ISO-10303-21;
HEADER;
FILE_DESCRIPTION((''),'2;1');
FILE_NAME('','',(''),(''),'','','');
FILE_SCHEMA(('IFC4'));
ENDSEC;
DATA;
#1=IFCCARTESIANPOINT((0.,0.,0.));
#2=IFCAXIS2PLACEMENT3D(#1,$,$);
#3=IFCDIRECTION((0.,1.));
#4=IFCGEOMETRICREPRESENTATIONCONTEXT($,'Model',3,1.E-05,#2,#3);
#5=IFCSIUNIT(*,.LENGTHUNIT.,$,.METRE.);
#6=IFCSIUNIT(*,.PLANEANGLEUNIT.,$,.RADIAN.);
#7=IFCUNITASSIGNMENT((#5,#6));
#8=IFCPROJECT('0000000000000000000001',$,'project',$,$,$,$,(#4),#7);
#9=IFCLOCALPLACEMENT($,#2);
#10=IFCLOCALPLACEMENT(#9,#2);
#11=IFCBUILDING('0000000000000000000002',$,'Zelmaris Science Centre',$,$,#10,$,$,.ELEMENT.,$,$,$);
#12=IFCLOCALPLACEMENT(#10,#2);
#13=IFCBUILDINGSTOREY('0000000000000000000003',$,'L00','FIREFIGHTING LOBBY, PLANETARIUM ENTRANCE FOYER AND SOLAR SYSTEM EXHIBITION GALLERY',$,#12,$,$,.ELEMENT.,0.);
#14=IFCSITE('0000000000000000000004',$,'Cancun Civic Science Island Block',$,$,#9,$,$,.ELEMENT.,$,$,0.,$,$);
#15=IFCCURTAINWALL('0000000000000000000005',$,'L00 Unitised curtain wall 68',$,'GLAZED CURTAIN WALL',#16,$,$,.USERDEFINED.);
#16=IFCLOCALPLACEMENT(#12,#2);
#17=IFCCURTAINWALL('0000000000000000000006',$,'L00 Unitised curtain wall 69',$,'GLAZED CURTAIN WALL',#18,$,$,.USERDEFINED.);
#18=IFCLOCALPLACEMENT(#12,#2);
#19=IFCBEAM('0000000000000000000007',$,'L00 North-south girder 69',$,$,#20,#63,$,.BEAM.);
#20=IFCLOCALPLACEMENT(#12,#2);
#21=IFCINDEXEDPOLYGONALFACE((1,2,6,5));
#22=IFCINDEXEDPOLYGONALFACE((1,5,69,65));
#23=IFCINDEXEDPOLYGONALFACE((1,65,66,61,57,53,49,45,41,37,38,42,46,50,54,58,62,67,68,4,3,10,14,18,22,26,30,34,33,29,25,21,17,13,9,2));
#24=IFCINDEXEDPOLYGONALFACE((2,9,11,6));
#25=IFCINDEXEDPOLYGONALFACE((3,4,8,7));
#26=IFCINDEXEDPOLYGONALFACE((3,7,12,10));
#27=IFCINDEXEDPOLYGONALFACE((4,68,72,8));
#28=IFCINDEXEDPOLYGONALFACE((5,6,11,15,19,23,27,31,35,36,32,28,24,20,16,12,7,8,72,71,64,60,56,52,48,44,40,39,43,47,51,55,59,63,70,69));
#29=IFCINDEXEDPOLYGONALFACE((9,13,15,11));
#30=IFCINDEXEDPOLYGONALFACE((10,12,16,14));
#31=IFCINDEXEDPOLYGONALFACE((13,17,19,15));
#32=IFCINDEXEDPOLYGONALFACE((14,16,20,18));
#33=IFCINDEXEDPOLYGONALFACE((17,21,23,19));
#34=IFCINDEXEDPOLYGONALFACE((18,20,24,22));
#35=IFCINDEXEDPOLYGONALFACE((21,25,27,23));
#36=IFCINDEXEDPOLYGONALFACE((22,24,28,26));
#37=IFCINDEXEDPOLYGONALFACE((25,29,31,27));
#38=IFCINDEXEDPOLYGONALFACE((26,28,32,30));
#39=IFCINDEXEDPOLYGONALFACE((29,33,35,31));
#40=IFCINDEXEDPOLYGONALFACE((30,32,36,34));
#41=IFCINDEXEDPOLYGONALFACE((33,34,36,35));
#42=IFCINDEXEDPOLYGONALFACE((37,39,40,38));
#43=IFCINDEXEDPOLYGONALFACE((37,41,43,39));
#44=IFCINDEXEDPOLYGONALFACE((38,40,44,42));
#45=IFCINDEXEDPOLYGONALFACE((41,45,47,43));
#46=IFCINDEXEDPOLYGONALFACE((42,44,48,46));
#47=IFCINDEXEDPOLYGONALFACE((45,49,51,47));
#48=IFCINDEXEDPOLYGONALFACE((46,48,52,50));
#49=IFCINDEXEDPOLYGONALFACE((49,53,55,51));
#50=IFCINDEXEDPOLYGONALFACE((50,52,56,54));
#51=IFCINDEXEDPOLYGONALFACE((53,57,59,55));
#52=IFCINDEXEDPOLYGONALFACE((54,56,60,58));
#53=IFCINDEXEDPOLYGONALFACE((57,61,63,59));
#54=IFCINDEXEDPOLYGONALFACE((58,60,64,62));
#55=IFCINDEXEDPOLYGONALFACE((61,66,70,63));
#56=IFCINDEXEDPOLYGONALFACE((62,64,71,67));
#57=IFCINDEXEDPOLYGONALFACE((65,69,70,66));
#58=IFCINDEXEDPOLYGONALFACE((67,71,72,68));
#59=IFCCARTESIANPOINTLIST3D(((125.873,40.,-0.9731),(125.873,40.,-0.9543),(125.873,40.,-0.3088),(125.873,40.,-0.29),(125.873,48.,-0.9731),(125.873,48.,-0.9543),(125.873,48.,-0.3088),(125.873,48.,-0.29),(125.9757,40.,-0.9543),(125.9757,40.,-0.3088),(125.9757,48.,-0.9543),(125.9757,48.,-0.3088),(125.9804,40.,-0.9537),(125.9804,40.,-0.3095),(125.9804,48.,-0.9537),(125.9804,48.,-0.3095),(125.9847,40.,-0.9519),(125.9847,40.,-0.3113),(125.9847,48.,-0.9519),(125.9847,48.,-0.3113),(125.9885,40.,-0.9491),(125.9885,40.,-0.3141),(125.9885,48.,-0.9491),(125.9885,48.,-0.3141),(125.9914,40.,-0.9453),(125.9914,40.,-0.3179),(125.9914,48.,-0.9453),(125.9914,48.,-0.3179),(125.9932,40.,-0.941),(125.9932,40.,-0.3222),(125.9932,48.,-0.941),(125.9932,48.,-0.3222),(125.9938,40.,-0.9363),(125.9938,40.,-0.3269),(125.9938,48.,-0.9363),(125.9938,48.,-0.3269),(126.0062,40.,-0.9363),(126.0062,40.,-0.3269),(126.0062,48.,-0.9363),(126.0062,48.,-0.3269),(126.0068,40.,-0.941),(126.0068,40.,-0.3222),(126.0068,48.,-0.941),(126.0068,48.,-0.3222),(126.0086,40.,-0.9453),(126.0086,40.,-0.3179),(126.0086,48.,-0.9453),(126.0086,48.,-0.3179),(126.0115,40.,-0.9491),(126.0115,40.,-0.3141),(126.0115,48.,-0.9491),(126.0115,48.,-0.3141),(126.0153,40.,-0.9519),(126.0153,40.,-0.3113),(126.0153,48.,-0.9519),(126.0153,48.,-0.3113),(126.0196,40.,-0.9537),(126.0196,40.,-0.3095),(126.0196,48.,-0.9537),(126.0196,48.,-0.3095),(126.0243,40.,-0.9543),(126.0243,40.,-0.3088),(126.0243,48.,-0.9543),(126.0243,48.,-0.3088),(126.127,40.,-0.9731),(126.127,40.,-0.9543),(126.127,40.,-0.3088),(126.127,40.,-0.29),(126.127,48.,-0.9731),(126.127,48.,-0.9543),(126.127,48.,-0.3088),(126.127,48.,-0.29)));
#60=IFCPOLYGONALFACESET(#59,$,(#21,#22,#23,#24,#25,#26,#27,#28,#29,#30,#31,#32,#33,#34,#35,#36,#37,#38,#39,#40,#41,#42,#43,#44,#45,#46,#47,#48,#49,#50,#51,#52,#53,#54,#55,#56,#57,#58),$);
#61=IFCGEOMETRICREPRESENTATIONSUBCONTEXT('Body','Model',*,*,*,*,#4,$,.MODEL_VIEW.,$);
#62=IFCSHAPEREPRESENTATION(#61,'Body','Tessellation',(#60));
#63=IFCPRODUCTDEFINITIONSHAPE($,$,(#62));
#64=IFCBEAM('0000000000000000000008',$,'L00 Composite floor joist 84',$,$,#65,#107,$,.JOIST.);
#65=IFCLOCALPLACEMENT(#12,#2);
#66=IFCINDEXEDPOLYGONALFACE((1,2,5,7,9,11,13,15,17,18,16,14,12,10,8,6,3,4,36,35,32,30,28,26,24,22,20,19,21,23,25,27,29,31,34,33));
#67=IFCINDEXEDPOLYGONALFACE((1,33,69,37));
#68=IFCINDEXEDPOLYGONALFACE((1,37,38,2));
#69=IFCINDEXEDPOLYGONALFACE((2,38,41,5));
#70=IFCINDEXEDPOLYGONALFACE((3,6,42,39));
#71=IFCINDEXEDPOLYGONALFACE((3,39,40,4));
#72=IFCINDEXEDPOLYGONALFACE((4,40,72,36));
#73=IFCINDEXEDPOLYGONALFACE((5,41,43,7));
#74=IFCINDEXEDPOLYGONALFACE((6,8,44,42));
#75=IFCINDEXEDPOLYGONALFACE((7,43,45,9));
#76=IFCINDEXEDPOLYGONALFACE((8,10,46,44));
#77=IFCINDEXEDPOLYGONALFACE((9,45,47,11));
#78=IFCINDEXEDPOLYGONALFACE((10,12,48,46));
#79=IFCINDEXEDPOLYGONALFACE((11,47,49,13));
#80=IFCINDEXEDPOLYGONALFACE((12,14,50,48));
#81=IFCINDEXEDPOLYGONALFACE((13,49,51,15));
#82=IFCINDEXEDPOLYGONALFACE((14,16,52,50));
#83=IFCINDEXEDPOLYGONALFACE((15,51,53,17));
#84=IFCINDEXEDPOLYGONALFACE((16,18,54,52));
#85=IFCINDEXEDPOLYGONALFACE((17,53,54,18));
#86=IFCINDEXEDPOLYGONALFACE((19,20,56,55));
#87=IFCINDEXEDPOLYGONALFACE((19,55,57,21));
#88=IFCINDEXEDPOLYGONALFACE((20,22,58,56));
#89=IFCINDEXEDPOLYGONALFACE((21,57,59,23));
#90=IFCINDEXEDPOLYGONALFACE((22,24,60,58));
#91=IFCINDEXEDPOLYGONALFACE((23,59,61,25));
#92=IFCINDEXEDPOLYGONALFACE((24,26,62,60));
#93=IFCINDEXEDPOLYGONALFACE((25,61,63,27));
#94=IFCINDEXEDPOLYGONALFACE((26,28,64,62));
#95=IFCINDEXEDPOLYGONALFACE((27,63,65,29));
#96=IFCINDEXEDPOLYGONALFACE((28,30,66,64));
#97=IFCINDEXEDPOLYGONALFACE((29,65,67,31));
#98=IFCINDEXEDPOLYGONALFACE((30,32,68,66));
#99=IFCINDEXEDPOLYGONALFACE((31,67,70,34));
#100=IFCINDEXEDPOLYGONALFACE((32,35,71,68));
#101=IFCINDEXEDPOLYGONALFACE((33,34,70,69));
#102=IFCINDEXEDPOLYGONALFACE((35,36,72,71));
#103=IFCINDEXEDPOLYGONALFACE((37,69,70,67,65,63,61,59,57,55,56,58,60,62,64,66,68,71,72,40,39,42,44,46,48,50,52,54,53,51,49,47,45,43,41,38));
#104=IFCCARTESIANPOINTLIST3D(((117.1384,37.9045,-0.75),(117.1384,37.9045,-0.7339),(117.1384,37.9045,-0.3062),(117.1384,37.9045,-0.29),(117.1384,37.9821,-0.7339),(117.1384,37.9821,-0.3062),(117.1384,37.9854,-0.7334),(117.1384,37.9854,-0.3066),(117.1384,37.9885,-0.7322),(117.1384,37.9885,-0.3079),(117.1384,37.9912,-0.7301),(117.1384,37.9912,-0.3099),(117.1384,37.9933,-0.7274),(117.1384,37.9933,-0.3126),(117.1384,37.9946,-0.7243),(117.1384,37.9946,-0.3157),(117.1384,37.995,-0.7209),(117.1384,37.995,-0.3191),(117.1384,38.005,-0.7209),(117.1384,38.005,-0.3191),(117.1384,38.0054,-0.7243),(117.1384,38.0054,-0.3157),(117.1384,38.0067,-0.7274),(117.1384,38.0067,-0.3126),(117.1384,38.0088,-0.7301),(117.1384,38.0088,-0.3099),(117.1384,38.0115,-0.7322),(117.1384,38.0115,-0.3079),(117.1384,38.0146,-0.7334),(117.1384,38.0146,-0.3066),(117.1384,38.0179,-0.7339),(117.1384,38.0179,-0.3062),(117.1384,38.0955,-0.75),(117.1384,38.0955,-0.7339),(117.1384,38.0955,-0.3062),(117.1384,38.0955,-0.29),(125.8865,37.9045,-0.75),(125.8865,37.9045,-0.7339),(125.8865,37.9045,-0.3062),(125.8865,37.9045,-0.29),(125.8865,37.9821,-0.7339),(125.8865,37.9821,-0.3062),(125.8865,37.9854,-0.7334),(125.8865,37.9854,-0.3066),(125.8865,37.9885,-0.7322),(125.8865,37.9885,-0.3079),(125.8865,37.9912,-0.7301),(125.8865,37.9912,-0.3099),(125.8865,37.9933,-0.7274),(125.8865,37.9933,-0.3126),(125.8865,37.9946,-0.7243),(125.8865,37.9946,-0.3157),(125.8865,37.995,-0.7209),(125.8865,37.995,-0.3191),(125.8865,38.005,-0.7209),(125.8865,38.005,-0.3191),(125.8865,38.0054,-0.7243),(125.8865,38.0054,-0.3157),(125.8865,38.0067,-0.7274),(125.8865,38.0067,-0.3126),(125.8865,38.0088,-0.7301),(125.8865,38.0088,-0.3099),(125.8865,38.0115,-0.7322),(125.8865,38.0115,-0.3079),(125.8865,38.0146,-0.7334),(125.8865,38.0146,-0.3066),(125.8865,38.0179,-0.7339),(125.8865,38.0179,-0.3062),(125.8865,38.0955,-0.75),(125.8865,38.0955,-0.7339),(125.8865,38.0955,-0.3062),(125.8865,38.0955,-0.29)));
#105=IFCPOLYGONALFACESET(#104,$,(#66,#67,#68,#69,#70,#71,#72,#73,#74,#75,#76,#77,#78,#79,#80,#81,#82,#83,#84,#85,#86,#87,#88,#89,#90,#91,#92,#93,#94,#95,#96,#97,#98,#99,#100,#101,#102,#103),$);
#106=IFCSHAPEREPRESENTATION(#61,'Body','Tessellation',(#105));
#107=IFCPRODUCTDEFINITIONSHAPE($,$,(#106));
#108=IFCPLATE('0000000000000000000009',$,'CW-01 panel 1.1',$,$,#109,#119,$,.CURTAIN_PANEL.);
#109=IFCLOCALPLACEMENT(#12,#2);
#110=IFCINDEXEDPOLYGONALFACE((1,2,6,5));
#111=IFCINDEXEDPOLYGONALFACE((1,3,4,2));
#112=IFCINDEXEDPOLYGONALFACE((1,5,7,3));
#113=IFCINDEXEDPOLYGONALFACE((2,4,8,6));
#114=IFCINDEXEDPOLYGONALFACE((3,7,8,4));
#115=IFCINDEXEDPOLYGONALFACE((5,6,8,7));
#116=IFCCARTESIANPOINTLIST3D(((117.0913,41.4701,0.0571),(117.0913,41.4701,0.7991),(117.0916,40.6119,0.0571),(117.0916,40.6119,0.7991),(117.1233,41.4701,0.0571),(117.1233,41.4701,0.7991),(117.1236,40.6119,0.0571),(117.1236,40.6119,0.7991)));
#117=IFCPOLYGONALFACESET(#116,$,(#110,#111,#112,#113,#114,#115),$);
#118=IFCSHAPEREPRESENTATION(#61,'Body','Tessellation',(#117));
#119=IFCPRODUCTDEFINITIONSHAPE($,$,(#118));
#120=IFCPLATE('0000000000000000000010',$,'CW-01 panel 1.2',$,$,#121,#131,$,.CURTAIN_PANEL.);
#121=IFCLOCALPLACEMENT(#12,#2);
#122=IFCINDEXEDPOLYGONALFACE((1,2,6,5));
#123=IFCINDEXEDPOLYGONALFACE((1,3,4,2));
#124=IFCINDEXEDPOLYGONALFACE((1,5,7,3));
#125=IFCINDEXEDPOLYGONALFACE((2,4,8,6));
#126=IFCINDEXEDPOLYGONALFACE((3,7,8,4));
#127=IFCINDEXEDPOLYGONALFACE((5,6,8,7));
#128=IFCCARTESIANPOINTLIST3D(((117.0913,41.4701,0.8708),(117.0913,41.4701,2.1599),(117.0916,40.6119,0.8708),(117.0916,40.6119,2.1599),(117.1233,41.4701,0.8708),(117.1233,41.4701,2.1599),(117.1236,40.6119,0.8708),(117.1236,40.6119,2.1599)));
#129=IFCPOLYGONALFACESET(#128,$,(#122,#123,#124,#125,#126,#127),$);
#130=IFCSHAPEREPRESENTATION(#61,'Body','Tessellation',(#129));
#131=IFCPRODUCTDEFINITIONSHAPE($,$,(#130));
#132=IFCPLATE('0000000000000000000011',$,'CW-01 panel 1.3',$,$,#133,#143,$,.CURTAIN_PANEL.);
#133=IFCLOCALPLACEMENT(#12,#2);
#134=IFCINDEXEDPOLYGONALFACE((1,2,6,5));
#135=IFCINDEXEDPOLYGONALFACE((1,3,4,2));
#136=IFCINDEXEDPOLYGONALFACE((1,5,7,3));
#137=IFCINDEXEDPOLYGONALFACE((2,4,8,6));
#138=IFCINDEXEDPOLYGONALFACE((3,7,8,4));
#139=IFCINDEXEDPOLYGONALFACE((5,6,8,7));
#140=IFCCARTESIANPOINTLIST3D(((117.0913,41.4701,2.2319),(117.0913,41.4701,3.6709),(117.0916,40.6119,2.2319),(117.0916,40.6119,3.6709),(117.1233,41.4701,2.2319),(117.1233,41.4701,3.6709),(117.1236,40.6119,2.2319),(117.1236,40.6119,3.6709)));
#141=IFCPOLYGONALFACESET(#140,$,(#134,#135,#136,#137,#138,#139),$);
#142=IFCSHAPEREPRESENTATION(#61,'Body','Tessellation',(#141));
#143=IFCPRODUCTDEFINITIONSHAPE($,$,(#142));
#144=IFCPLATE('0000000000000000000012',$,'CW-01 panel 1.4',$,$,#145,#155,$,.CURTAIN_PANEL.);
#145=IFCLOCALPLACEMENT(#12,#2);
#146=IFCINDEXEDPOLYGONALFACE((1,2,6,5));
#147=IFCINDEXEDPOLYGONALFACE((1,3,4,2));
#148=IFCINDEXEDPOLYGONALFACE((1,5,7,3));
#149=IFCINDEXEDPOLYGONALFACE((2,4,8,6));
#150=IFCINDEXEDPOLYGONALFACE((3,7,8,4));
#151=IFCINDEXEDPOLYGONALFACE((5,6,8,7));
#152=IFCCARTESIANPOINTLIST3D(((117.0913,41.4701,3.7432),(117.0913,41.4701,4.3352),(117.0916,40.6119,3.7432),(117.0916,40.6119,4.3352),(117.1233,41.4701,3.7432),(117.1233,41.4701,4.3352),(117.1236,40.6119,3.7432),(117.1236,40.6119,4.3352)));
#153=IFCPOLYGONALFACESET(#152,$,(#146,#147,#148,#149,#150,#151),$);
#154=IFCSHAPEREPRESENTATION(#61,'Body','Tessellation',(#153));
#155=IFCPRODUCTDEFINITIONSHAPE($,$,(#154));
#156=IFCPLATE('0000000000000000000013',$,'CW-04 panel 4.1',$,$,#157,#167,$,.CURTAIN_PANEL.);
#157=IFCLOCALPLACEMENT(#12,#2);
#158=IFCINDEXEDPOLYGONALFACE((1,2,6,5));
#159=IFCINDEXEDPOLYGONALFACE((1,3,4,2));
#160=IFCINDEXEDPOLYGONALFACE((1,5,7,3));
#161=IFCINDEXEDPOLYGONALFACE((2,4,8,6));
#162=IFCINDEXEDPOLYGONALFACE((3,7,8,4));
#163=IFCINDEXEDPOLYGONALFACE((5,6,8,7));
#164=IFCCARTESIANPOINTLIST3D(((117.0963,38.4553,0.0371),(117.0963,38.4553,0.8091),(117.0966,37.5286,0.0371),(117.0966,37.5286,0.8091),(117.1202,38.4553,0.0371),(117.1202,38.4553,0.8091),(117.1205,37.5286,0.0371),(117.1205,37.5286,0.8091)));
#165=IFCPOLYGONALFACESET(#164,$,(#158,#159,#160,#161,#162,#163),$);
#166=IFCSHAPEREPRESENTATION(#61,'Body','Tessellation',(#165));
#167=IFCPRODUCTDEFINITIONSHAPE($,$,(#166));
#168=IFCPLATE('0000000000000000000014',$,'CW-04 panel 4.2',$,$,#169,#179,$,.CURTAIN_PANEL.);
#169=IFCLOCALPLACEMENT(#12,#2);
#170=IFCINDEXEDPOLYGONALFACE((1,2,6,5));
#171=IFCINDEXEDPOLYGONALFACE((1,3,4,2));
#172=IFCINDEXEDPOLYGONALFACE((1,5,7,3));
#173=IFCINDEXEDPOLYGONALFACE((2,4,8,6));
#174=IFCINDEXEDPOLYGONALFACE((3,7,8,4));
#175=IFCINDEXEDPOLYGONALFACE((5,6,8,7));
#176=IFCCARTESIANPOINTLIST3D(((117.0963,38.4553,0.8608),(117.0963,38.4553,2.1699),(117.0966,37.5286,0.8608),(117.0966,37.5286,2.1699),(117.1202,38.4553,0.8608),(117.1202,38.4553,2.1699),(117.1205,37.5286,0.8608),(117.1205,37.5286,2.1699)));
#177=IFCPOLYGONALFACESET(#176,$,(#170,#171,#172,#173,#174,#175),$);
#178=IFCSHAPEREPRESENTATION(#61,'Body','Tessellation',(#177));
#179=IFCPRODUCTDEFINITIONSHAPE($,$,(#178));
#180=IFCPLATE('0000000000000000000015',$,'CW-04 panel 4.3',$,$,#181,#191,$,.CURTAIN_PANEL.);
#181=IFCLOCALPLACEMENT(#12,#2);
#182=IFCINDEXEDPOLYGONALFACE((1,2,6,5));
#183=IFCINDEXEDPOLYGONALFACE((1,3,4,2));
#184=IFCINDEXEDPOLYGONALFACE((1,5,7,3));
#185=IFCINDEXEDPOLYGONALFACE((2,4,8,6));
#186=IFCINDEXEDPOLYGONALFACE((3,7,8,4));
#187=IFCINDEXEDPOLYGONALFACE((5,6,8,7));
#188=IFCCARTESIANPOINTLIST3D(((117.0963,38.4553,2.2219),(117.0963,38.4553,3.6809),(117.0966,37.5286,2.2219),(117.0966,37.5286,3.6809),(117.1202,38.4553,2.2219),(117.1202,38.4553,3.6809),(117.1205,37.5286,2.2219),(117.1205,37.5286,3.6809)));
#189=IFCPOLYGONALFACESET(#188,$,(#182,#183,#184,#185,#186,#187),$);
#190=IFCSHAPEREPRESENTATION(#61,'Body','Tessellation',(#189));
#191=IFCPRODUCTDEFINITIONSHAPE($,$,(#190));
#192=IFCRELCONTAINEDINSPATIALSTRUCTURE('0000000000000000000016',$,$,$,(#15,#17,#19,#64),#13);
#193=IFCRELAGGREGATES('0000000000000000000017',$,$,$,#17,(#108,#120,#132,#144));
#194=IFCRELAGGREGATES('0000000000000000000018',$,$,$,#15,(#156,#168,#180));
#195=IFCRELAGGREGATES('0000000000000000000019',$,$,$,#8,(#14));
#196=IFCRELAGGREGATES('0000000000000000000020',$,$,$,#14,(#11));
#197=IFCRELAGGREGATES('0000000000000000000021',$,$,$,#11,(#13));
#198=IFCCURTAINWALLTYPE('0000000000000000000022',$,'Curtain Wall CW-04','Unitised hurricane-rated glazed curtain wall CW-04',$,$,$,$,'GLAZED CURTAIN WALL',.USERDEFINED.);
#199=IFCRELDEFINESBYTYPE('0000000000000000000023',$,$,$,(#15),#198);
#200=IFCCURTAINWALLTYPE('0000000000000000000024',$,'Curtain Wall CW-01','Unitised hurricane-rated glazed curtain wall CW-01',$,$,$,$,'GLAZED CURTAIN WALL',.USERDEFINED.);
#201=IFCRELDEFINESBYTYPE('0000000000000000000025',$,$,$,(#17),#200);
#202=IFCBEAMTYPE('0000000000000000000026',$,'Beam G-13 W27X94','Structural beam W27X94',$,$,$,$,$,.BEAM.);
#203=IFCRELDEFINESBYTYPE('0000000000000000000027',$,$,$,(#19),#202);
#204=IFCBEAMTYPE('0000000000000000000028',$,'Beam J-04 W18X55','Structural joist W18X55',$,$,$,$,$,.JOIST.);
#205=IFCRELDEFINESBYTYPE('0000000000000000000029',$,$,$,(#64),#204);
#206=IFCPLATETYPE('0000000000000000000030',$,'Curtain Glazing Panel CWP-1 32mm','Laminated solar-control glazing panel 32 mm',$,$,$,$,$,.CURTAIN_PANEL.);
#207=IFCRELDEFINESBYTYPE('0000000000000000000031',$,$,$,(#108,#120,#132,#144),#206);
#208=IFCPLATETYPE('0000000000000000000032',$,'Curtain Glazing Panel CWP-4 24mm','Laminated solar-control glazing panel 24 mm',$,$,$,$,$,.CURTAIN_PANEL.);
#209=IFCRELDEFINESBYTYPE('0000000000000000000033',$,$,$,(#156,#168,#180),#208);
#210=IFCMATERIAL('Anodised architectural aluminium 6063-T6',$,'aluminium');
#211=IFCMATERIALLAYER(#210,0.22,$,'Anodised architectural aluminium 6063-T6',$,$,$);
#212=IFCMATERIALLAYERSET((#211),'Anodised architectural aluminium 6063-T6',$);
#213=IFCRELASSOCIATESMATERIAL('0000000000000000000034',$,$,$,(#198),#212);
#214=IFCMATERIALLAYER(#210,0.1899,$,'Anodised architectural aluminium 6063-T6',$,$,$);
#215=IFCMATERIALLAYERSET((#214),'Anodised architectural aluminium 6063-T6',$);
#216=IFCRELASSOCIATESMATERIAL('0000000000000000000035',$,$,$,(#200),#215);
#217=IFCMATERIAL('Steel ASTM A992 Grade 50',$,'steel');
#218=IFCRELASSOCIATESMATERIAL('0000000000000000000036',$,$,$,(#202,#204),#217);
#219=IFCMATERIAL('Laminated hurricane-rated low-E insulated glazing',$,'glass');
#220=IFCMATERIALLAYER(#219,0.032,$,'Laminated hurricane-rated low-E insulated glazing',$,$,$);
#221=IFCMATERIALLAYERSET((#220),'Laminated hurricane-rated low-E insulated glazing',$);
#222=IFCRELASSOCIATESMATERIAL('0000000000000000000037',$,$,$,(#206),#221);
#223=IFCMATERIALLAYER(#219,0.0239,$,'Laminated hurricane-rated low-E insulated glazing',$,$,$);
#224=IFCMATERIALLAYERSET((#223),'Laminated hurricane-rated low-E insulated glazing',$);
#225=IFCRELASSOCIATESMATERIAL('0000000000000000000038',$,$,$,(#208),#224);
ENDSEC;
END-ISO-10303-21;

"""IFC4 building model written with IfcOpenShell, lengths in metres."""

from ifc_helpers import new_model, si_unit, direction, frame, origin, origin_2d, place, context, subcontext, project, spatial, rectangle, i_section, extrude, material, layer, layer_set, material_profile, profile_set, type_object, element, aggregate, save


model = new_model("IFC4")

# Units and contexts
model_context = context("Model", 3, precision=1e-05, world=origin(), true_north=direction((0.0, 1.0)))
body_context = subcontext(model_context, "Body", "Model", "MODEL_VIEW")
ifc_project = project(units=[si_unit("LENGTHUNIT", "METRE"), si_unit("PLANEANGLEUNIT", "RADIAN")], contexts=[model_context])

# Site, building, storey
site_placement = place(None, origin())
site = spatial("IfcSite", under=ifc_project, at=site_placement, Name="Cancun Civic Science Island Block", CompositionType="ELEMENT", RefElevation=0.0)
building_placement = place(site_placement, origin())
building = spatial("IfcBuilding", under=site, at=building_placement, Name="Zelmaris Science Centre", CompositionType="ELEMENT")
storey_placement = place(building_placement, origin())
storey = spatial("IfcBuildingStorey", under=building, at=storey_placement, Name="L00", Description="FIREFIGHTING LOBBY, PLANETARIUM ENTRANCE FOYER AND SOLAR SYSTEM EXHIBITION GALLERY", CompositionType="ELEMENT", Elevation=0.0)

# Shared definitions
ifc_material_1 = material(Name="Steel ASTM A992 Grade 50", Category="steel")

# Curtain walls
ifc_material_2 = material(Name="Anodised architectural aluminium 6063-T6", Category="aluminium")
ifc_layer_1 = layer(ifc_material_2, 0.22, Name="Anodised architectural aluminium 6063-T6")
ifc_layer_set_1 = layer_set([ifc_layer_1], Name="Anodised architectural aluminium 6063-T6")
curtain_wall_type_1 = type_object("IfcCurtainWallType", Name="Curtain Wall CW-04", Description="Unitised hurricane-rated glazed curtain wall CW-04", ElementType="GLAZED CURTAIN WALL", PredefinedType="USERDEFINED", material=ifc_layer_set_1)
curtain_wall_1_placement = place(storey_placement, origin())
curtain_wall_1 = element("IfcCurtainWall", 1, at=curtain_wall_1_placement, inside=storey, type_object=curtain_wall_type_1, Name="L00 Unitised curtain wall 68", ObjectType="GLAZED CURTAIN WALL", PredefinedType="USERDEFINED")
ifc_layer_2 = layer(ifc_material_2, 0.1899, Name="Anodised architectural aluminium 6063-T6")
ifc_layer_set_2 = layer_set([ifc_layer_2], Name="Anodised architectural aluminium 6063-T6")
curtain_wall_type_2 = type_object("IfcCurtainWallType", Name="Curtain Wall CW-01", Description="Unitised hurricane-rated glazed curtain wall CW-01", ElementType="GLAZED CURTAIN WALL", PredefinedType="USERDEFINED", material=ifc_layer_set_2)
curtain_wall_2_placement = place(storey_placement, origin())
curtain_wall_2 = element("IfcCurtainWall", 2, at=curtain_wall_2_placement, inside=storey, type_object=curtain_wall_type_2, Name="L00 Unitised curtain wall 69", ObjectType="GLAZED CURTAIN WALL", PredefinedType="USERDEFINED")

# Beams
ifc_material_profile_1 = material_profile(ifc_material_1, i_section(OverallWidth=0.2539, OverallDepth=0.6831, WebThickness=0.0125, FlangeThickness=0.0188, FilletRadius=0.0181, at=origin_2d()), Name="W27X94")
ifc_profile_set_1 = profile_set([ifc_material_profile_1], Name="Steel ASTM A992 Grade 50")
beam_type_1 = type_object("IfcBeamType", Name="Beam G-13 W27X94", Description="Structural beam W27X94", PredefinedType="BEAM", material=ifc_profile_set_1)
beam_1_placement = place(storey_placement, frame((126.0, 40.0, -0.6316), z_axis=(0.0, 1.0, 0.0), x_axis=(-1.0, 0.0, 0.0)))
element("IfcBeam", 3, at=beam_1_placement, inside=storey, type_object=beam_type_1, Name="L00 North-south girder 69", PredefinedType="BEAM", context=body_context, shape_type="SweptSolid", body=[
    extrude(i_section(OverallWidth=0.2539, OverallDepth=0.6831, WebThickness=0.0125, FlangeThickness=0.0188, FilletRadius=0.0181, at=origin_2d()), origin(), (0.0, 0.0, 1.0), 8.0),
])
ifc_material_profile_2 = material_profile(ifc_material_1, i_section(OverallWidth=0.1909, OverallDepth=0.46, WebThickness=0.01, FlangeThickness=0.0161, FilletRadius=0.0129, at=origin_2d()), Name="W18X55")
ifc_profile_set_2 = profile_set([ifc_material_profile_2], Name="Steel ASTM A992 Grade 50")
beam_type_2 = type_object("IfcBeamType", Name="Beam J-04 W18X55", Description="Structural joist W18X55", PredefinedType="JOIST", material=ifc_profile_set_2)
beam_2_placement = place(storey_placement, frame((117.1384, 38.0, -0.52), z_axis=(1.0, 0.0, 0.0), x_axis=(0.0, 1.0, 0.0)))
element("IfcBeam", 4, at=beam_2_placement, inside=storey, type_object=beam_type_2, Name="L00 Composite floor joist 84", PredefinedType="JOIST", context=body_context, shape_type="SweptSolid", body=[
    extrude(i_section(OverallWidth=0.1909, OverallDepth=0.46, WebThickness=0.01, FlangeThickness=0.0161, FilletRadius=0.0129, at=origin_2d()), origin(), (0.0, 0.0, 1.0), 8.748),
])

# Plates
ifc_material_3 = material(Name="Laminated hurricane-rated low-E insulated glazing", Category="glass")
ifc_layer_3 = layer(ifc_material_3, 0.032, Name="Laminated hurricane-rated low-E insulated glazing")
ifc_layer_set_3 = layer_set([ifc_layer_3], Name="Laminated hurricane-rated low-E insulated glazing")
plate_type_1 = type_object("IfcPlateType", Name="Curtain Glazing Panel CWP-1 32mm", Description="Laminated solar-control glazing panel 32 mm", PredefinedType="CURTAIN_PANEL", material=ifc_layer_set_3)
plate_1_placement = place(storey_placement, frame((117.1074, 41.041, 0.0571), z_axis=(0.0, 0.0, 1.0), x_axis=(-0.000345, 1.0, 0.0)))
plate_1 = element("IfcPlate", 5, at=plate_1_placement, type_object=plate_type_1, Name="CW-01 panel 1.1", PredefinedType="CURTAIN_PANEL", context=body_context, shape_type="SweptSolid", body=[
    extrude(rectangle(XDim=0.8582, YDim=0.032, at=origin_2d()), origin(), (0.0, 0.0, 1.0), 0.7419),
])
plate_2_placement = place(storey_placement, frame((117.1074, 41.041, 0.8708), z_axis=(0.0, 0.0, 1.0), x_axis=(-0.000345, 1.0, 0.0)))
plate_2 = element("IfcPlate", 6, at=plate_2_placement, type_object=plate_type_1, Name="CW-01 panel 1.2", PredefinedType="CURTAIN_PANEL", context=body_context, shape_type="SweptSolid", body=[
    extrude(rectangle(XDim=0.8582, YDim=0.032, at=origin_2d()), origin(), (0.0, 0.0, 1.0), 1.2891),
])
plate_3_placement = place(storey_placement, frame((117.1074, 41.041, 2.2319), z_axis=(0.0, 0.0, 1.0), x_axis=(-0.000345, 1.0, 0.0)))
plate_3 = element("IfcPlate", 7, at=plate_3_placement, type_object=plate_type_1, Name="CW-01 panel 1.3", PredefinedType="CURTAIN_PANEL", context=body_context, shape_type="SweptSolid", body=[
    extrude(rectangle(XDim=0.8582, YDim=0.032, at=origin_2d()), origin(), (0.0, 0.0, 1.0), 1.439),
])
plate_4_placement = place(storey_placement, frame((117.1074, 41.041, 3.7432), z_axis=(0.0, 0.0, 1.0), x_axis=(-0.000345, 1.0, 0.0)))
plate_4 = element("IfcPlate", 8, at=plate_4_placement, type_object=plate_type_1, Name="CW-01 panel 1.4", PredefinedType="CURTAIN_PANEL", context=body_context, shape_type="SweptSolid", body=[
    extrude(rectangle(XDim=0.8582, YDim=0.032, at=origin_2d()), origin(), (0.0, 0.0, 1.0), 0.592),
])
aggregate(curtain_wall_2, [plate_1, plate_2, plate_3, plate_4])
ifc_layer_4 = layer(ifc_material_3, 0.0239, Name="Laminated hurricane-rated low-E insulated glazing")
ifc_layer_set_4 = layer_set([ifc_layer_4], Name="Laminated hurricane-rated low-E insulated glazing")
plate_type_2 = type_object("IfcPlateType", Name="Curtain Glazing Panel CWP-4 24mm", Description="Laminated solar-control glazing panel 24 mm", PredefinedType="CURTAIN_PANEL", material=ifc_layer_set_4)
plate_5_placement = place(storey_placement, frame((117.1084, 37.9919, 0.0371), z_axis=(0.0, 0.0, 1.0), x_axis=(-0.000347, 1.0, 0.0)))
plate_5 = element("IfcPlate", 9, at=plate_5_placement, type_object=plate_type_2, Name="CW-04 panel 4.1", PredefinedType="CURTAIN_PANEL", context=body_context, shape_type="SweptSolid", body=[
    extrude(rectangle(XDim=0.9268, YDim=0.0239, at=origin_2d()), origin(), (0.0, 0.0, 1.0), 0.772),
])
plate_6_placement = place(storey_placement, frame((117.1084, 37.9919, 0.8608), z_axis=(0.0, 0.0, 1.0), x_axis=(-0.000347, 1.0, 0.0)))
plate_6 = element("IfcPlate", 10, at=plate_6_placement, type_object=plate_type_2, Name="CW-04 panel 4.2", PredefinedType="CURTAIN_PANEL", context=body_context, shape_type="SweptSolid", body=[
    extrude(rectangle(XDim=0.9268, YDim=0.0239, at=origin_2d()), origin(), (0.0, 0.0, 1.0), 1.3091),
])
plate_7_placement = place(storey_placement, frame((117.1084, 37.9919, 2.2219), z_axis=(0.0, 0.0, 1.0), x_axis=(-0.000347, 1.0, 0.0)))
plate_7 = element("IfcPlate", 11, at=plate_7_placement, type_object=plate_type_2, Name="CW-04 panel 4.3", PredefinedType="CURTAIN_PANEL", context=body_context, shape_type="SweptSolid", body=[
    extrude(rectangle(XDim=0.9268, YDim=0.0239, at=origin_2d()), origin(), (0.0, 0.0, 1.0), 1.459),
])
aggregate(curtain_wall_1, [plate_5, plate_6, plate_7])

save(model, "model.ifc")
